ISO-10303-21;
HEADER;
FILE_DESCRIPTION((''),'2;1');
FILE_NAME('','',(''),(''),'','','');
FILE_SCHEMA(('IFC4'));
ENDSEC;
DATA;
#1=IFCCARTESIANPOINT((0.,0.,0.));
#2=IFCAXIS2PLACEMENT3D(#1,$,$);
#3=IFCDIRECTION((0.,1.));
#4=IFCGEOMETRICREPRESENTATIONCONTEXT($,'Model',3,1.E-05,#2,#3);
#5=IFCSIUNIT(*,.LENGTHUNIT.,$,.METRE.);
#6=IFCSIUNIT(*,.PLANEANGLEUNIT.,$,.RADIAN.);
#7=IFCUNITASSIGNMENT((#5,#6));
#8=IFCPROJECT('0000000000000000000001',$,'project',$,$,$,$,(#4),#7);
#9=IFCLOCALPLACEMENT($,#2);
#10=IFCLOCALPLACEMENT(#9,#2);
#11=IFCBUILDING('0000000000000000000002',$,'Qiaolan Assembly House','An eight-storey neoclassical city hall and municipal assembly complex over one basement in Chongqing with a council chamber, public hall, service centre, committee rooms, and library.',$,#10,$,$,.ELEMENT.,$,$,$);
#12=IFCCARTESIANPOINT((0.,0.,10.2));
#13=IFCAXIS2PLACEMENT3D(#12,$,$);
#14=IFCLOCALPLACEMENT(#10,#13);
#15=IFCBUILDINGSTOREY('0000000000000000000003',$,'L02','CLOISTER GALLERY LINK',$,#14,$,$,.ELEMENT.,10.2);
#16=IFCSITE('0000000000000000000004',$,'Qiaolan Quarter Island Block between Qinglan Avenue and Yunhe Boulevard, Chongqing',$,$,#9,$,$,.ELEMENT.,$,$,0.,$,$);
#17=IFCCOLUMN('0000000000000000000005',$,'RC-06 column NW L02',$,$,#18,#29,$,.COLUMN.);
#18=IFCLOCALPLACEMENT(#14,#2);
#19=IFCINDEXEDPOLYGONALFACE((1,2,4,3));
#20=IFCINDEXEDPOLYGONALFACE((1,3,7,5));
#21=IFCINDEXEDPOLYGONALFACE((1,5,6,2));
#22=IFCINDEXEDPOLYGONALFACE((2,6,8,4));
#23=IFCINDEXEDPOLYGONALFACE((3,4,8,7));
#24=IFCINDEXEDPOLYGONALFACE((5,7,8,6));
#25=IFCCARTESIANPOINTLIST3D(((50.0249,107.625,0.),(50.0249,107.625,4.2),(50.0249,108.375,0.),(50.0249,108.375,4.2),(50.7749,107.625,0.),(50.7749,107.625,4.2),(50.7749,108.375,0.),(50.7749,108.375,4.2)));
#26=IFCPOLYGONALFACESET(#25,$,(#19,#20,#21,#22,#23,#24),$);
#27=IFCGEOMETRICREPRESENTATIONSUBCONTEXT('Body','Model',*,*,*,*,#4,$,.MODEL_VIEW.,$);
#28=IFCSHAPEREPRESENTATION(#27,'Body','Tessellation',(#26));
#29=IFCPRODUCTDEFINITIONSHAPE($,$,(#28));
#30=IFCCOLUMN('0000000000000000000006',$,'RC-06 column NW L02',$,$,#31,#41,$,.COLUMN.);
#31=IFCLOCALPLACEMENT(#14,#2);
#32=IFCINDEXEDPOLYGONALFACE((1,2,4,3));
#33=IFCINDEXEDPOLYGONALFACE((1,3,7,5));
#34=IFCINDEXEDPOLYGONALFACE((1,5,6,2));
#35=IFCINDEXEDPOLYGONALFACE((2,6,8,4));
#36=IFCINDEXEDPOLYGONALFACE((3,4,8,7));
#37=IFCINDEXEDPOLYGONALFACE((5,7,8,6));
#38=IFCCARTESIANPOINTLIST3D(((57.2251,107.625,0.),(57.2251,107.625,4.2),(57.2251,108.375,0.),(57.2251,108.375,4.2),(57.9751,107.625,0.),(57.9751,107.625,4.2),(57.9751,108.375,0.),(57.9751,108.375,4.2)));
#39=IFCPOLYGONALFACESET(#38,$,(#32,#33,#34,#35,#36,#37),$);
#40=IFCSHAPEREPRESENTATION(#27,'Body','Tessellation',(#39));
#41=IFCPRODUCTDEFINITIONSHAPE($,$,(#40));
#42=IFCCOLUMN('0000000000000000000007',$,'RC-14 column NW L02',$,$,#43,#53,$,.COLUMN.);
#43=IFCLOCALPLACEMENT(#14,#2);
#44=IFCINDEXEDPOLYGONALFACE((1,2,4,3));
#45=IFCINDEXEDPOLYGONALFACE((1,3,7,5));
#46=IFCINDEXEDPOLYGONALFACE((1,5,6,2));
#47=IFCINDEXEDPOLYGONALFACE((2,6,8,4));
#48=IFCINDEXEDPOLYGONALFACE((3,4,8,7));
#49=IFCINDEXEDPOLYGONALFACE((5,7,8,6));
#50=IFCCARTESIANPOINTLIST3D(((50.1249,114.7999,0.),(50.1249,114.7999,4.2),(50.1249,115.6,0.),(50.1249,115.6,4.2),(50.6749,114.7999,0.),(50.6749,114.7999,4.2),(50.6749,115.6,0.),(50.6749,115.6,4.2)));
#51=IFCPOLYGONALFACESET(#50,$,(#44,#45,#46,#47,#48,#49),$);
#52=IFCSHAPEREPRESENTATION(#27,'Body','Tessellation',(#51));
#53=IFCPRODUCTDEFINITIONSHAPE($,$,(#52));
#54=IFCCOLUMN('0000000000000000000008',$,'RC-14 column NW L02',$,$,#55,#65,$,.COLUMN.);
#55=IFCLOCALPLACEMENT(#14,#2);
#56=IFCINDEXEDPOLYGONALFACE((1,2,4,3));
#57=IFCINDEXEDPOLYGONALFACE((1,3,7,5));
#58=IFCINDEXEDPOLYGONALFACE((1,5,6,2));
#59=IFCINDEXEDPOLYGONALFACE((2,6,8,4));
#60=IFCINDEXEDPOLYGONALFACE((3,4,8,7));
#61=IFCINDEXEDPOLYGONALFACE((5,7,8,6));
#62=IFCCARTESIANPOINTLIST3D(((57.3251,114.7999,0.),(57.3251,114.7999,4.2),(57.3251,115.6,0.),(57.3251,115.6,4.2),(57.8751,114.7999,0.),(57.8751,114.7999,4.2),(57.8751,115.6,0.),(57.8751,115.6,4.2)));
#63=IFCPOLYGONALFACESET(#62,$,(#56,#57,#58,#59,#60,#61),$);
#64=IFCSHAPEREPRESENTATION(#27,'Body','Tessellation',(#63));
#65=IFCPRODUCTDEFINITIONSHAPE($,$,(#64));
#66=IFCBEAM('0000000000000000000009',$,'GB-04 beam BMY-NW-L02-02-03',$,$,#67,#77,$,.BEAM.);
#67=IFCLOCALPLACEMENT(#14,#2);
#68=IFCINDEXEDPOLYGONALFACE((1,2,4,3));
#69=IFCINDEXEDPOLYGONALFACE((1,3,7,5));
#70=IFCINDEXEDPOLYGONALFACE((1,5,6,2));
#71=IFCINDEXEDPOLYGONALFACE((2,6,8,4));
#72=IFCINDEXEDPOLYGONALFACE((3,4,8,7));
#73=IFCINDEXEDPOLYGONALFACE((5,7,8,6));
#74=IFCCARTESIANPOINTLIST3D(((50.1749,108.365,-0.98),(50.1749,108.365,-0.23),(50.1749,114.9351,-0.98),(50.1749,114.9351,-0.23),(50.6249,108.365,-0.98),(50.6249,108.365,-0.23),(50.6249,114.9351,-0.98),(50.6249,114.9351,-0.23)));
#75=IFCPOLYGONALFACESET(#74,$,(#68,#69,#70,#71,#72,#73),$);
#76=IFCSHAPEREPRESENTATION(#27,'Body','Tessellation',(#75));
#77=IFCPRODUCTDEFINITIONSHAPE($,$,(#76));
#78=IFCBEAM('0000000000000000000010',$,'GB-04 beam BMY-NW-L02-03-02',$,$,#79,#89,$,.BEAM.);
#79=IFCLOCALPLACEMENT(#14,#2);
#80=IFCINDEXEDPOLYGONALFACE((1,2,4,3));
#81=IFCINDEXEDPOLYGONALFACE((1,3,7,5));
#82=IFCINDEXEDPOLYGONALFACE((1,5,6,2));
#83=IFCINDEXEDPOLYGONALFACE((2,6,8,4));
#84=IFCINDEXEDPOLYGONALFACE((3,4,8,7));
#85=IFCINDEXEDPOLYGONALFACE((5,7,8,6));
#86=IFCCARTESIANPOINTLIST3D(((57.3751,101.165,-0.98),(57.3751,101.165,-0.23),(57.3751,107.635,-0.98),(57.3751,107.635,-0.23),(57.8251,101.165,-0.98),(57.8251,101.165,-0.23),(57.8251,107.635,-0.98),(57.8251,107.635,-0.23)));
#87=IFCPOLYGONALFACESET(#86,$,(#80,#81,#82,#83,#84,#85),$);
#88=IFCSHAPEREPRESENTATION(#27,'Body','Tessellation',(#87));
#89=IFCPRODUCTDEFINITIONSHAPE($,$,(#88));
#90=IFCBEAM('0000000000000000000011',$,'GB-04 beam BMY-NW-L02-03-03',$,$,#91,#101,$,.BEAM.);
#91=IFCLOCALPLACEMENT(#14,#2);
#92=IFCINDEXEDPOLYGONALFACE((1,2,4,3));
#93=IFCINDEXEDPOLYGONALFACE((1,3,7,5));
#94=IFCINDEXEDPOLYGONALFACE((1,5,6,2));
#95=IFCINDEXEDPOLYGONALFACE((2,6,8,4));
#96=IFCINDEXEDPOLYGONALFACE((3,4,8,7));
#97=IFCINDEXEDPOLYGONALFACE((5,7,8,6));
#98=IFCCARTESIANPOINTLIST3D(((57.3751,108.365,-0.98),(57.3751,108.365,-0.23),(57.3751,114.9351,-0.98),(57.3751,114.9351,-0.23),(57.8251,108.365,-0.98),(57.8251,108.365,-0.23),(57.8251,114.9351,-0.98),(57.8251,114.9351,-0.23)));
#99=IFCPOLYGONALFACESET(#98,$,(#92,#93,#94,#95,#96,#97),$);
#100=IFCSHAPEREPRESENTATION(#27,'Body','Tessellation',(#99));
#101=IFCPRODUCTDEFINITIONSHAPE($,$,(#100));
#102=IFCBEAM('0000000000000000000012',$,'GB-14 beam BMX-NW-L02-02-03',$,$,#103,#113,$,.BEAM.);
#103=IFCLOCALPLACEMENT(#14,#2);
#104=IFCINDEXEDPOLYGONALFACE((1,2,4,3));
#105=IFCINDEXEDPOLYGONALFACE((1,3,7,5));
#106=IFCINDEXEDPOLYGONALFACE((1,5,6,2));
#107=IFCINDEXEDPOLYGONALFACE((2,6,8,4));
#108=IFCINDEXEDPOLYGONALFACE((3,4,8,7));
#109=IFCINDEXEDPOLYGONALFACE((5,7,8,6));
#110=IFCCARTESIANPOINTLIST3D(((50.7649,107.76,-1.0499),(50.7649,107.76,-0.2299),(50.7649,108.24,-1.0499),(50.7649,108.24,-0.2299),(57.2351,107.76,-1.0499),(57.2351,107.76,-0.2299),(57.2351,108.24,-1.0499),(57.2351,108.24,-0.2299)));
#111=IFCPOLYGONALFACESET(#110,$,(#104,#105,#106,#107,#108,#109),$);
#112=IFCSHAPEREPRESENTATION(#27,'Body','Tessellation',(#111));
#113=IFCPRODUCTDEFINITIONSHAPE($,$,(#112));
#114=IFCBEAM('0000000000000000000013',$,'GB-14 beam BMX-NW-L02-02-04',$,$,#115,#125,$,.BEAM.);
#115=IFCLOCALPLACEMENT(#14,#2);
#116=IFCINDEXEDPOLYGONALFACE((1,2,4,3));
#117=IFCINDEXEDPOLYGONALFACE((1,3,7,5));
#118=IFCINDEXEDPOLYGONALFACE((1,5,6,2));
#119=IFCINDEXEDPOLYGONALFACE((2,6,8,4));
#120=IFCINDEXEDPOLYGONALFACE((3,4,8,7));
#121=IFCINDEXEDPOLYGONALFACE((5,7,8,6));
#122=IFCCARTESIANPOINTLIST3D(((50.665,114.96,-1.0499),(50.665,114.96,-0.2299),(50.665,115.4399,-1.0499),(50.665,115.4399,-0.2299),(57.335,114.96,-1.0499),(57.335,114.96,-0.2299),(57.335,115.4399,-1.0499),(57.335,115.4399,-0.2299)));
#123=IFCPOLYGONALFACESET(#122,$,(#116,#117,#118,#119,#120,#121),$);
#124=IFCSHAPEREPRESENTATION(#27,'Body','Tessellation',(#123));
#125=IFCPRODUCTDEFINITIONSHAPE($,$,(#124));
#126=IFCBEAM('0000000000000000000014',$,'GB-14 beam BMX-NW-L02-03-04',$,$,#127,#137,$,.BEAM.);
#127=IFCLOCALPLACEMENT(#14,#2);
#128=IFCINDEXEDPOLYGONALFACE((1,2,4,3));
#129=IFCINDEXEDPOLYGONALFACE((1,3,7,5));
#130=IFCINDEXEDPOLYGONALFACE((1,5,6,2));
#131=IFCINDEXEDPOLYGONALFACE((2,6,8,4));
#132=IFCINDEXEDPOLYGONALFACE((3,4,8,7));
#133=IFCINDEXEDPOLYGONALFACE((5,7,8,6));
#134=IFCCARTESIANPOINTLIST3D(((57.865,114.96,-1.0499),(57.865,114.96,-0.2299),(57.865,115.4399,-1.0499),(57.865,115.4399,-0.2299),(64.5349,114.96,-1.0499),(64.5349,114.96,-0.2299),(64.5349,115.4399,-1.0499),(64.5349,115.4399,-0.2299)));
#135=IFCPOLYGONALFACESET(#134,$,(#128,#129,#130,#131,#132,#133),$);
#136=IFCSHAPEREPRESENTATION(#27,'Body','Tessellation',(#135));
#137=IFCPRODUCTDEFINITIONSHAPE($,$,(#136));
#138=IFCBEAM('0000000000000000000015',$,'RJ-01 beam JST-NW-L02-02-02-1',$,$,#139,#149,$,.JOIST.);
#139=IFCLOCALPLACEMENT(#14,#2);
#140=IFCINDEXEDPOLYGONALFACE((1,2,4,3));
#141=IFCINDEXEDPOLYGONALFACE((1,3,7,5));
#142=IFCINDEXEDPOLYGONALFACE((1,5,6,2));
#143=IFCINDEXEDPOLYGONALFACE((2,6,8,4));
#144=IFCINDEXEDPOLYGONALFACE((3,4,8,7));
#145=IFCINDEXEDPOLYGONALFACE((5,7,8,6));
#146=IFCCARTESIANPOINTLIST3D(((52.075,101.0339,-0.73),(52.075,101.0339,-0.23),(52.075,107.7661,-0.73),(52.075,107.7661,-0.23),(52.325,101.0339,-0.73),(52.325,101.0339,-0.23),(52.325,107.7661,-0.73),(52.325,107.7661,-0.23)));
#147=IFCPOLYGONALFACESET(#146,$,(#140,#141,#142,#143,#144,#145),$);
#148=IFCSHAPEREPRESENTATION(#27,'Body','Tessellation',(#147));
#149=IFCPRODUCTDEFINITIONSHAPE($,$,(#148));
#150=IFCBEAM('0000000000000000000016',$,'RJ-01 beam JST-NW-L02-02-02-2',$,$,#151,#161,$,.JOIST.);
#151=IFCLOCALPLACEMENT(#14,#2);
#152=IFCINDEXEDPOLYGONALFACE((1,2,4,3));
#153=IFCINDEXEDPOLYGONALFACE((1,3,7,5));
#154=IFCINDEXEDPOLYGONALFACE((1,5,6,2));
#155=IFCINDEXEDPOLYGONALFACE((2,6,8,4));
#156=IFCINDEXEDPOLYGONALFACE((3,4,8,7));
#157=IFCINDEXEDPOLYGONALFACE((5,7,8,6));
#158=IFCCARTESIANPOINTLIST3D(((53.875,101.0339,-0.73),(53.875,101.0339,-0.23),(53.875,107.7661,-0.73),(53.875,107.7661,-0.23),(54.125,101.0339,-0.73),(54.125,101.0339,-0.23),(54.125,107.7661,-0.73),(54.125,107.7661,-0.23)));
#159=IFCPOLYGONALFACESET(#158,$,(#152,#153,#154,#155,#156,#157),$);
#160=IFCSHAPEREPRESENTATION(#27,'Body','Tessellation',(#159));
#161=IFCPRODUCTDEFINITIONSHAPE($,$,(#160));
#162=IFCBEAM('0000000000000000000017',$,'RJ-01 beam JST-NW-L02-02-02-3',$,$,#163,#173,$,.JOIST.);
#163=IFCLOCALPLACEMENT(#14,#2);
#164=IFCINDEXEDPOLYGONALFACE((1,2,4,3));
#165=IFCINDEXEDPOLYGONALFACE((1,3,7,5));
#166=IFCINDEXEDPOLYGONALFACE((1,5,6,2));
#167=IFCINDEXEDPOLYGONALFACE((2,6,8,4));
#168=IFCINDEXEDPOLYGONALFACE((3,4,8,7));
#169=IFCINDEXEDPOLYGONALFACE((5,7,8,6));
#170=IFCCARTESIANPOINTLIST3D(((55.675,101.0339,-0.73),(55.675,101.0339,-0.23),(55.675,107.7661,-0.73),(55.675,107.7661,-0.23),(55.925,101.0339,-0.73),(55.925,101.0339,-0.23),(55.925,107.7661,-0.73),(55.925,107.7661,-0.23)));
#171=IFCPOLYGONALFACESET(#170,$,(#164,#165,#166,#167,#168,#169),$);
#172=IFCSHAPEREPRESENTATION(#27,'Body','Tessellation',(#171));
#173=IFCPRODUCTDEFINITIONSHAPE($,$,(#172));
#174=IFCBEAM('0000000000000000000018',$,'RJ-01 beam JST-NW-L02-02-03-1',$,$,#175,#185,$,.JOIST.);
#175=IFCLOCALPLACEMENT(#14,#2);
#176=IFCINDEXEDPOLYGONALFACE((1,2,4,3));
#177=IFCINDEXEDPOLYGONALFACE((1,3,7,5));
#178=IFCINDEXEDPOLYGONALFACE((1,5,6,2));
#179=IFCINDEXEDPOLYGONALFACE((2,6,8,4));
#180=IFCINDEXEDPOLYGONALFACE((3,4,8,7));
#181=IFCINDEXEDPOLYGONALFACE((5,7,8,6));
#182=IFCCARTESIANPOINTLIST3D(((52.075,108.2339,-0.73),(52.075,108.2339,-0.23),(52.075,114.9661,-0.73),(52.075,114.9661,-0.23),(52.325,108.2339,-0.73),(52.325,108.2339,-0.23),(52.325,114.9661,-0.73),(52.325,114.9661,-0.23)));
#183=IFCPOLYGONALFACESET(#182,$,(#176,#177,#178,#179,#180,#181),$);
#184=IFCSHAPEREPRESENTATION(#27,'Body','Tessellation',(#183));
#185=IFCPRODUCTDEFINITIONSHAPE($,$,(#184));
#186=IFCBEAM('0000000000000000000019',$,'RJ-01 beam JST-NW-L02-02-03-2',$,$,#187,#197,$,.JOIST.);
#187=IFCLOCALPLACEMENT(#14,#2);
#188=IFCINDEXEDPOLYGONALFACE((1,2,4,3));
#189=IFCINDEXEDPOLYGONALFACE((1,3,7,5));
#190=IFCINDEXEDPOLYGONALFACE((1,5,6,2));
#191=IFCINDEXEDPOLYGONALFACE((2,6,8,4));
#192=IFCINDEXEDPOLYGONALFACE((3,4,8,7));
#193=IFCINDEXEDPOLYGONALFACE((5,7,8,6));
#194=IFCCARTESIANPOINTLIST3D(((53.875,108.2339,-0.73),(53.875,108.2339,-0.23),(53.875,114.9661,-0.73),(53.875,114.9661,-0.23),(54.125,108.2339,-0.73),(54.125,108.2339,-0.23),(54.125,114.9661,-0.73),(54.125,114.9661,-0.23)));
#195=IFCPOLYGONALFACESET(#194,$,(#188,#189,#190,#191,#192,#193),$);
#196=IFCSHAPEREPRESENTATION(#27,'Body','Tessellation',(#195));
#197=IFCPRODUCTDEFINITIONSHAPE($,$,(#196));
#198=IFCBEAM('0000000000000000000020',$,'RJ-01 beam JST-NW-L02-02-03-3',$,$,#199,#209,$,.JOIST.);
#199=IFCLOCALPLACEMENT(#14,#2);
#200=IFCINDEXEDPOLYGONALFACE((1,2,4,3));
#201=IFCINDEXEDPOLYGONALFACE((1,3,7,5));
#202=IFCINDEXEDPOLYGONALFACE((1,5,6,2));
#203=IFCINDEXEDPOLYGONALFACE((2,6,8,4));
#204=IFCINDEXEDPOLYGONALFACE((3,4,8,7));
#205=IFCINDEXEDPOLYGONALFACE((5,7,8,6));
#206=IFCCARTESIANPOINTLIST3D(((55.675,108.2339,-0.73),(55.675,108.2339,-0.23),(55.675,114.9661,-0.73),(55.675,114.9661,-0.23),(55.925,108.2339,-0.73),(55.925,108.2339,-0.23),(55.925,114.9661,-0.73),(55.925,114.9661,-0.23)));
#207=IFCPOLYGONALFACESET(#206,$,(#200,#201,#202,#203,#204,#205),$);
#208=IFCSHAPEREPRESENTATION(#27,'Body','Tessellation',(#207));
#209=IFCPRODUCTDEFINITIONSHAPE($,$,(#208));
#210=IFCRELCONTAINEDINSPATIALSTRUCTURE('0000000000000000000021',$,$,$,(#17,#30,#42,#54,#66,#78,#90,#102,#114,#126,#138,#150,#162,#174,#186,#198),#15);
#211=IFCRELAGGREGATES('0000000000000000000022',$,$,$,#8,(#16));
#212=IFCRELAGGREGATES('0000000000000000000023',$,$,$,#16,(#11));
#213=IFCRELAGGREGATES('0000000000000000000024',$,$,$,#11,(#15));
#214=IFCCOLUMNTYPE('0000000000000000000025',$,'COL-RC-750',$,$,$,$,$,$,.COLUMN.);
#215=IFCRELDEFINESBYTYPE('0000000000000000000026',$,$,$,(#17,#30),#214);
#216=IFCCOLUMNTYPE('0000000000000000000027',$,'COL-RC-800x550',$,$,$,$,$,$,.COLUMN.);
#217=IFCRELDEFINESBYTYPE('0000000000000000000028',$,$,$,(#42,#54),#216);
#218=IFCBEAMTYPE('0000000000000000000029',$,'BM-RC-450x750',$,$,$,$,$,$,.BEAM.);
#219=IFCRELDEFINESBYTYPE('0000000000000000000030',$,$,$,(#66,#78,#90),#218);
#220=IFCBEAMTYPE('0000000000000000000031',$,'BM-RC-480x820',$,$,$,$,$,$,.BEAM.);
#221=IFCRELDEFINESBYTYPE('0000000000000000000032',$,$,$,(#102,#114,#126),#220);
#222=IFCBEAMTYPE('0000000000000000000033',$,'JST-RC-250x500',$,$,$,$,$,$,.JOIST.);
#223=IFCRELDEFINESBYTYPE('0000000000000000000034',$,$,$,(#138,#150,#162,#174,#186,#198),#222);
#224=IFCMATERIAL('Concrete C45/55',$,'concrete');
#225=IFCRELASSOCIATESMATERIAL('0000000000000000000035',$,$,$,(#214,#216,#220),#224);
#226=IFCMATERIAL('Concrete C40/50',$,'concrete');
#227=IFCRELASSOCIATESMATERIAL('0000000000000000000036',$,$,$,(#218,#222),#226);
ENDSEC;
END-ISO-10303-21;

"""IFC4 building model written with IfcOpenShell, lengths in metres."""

from ifc_helpers import new_model, si_unit, direction, frame, origin, origin_2d, place, context, subcontext, project, spatial, rectangle, extrude, material, material_profile, profile_set, type_object, element, save


model = new_model("IFC4")

# Units and contexts
model_context = context("Model", 3, precision=1e-05, world=origin(), true_north=direction((0.0, 1.0)))
body_context = subcontext(model_context, "Body", "Model", "MODEL_VIEW")
ifc_project = project(units=[si_unit("LENGTHUNIT", "METRE"), si_unit("PLANEANGLEUNIT", "RADIAN")], contexts=[model_context])

# Site, building, storey
site_placement = place(None, origin())
site = spatial("IfcSite", under=ifc_project, at=site_placement, Name="Qiaolan Quarter Island Block between Qinglan Avenue and Yunhe Boulevard, Chongqing", CompositionType="ELEMENT", RefElevation=0.0)
building_placement = place(site_placement, origin())
building = spatial("IfcBuilding", under=site, at=building_placement, Name="Qiaolan Assembly House", Description="An eight-storey neoclassical city hall and municipal assembly complex over one basement in Chongqing with a council chamber, public hall, service centre, committee rooms, and library.", CompositionType="ELEMENT")
storey_placement = place(building_placement, frame((0.0, 0.0, 10.2)))
storey = spatial("IfcBuildingStorey", under=building, at=storey_placement, Name="L02", Description="CLOISTER GALLERY LINK", CompositionType="ELEMENT", Elevation=10.2)

# Columns
ifc_material_1 = material(Name="Concrete C45/55", Category="concrete")
ifc_material_profile_1 = material_profile(ifc_material_1, rectangle(XDim=0.75, YDim=0.75, at=origin_2d()), Name="RC 750x750")
ifc_profile_set_1 = profile_set([ifc_material_profile_1], Name="Concrete C45/55")
column_type_1 = type_object("IfcColumnType", Name="COL-RC-750", PredefinedType="COLUMN", material=ifc_profile_set_1)
for number, where, z_axis, x_axis, name in (
    (1, (50.3999, 108.0, 0.0), (0.0, 0.0, 1.0), (1.0, 0.0, 0.0), "RC-06 column NW L02"),
    (2, (57.6001, 108.0, 0.0), (0.0, 0.0, 1.0), (1.0, 0.0, 0.0), "RC-06 column NW L02"),
):
    element("IfcColumn", number, at=place(storey_placement, frame(where, z_axis=z_axis, x_axis=x_axis)), inside=storey, type_object=column_type_1, Name=name, PredefinedType="COLUMN", context=body_context, shape_type="SweptSolid", body=[
        extrude(rectangle(XDim=0.75, YDim=0.75, at=origin_2d()), origin(), (0.0, 0.0, 1.0), 4.2),
    ])
ifc_material_profile_2 = material_profile(ifc_material_1, rectangle(XDim=0.55, YDim=0.8, at=origin_2d()), Name="RC 800x550")
ifc_profile_set_2 = profile_set([ifc_material_profile_2], Name="Concrete C45/55")
column_type_2 = type_object("IfcColumnType", Name="COL-RC-800x550", PredefinedType="COLUMN", material=ifc_profile_set_2)
for number, where, z_axis, x_axis, name in (
    (3, (50.3999, 115.2, 0.0), (0.0, 0.0, 1.0), (1.0, 0.0, 0.0), "RC-14 column NW L02"),
    (4, (57.6001, 115.2, 0.0), (0.0, 0.0, 1.0), (1.0, 0.0, 0.0), "RC-14 column NW L02"),
):
    element("IfcColumn", number, at=place(storey_placement, frame(where, z_axis=z_axis, x_axis=x_axis)), inside=storey, type_object=column_type_2, Name=name, PredefinedType="COLUMN", context=body_context, shape_type="SweptSolid", body=[
        extrude(rectangle(XDim=0.55, YDim=0.8, at=origin_2d()), origin(), (0.0, 0.0, 1.0), 4.2),
    ])

# Beams
ifc_material_2 = material(Name="Concrete C40/50", Category="concrete")
ifc_material_profile_3 = material_profile(ifc_material_2, rectangle(XDim=0.45, YDim=0.75, at=origin_2d()), Name="RCB 450x750")
ifc_profile_set_3 = profile_set([ifc_material_profile_3], Name="Concrete C40/50")
beam_type_1 = type_object("IfcBeamType", Name="BM-RC-450x750", PredefinedType="BEAM", material=ifc_profile_set_3)
beam_1_placement = place(storey_placement, frame((50.3999, 108.365, -0.605), z_axis=(0.0, 1.0, 0.0), x_axis=(-1.0, 0.0, 0.0)))
element("IfcBeam", 5, at=beam_1_placement, inside=storey, type_object=beam_type_1, Name="GB-04 beam BMY-NW-L02-02-03", PredefinedType="BEAM", context=body_context, shape_type="SweptSolid", body=[
    extrude(rectangle(XDim=0.45, YDim=0.75, at=origin_2d()), origin(), (0.0, 0.0, 1.0), 6.5701),
])
beam_2_placement = place(storey_placement, frame((57.6001, 101.165, -0.605), z_axis=(0.0, 1.0, 0.0), x_axis=(-1.0, 0.0, 0.0)))
element("IfcBeam", 6, at=beam_2_placement, inside=storey, type_object=beam_type_1, Name="GB-04 beam BMY-NW-L02-03-02", PredefinedType="BEAM", context=body_context, shape_type="SweptSolid", body=[
    extrude(rectangle(XDim=0.45, YDim=0.75, at=origin_2d()), origin(), (0.0, 0.0, 1.0), 6.47),
])
beam_3_placement = place(storey_placement, frame((57.6001, 108.365, -0.605), z_axis=(0.0, 1.0, 0.0), x_axis=(-1.0, 0.0, 0.0)))
element("IfcBeam", 7, at=beam_3_placement, inside=storey, type_object=beam_type_1, Name="GB-04 beam BMY-NW-L02-03-03", PredefinedType="BEAM", context=body_context, shape_type="SweptSolid", body=[
    extrude(rectangle(XDim=0.45, YDim=0.75, at=origin_2d()), origin(), (0.0, 0.0, 1.0), 6.5701),
])
ifc_material_profile_4 = material_profile(ifc_material_1, rectangle(XDim=0.48, YDim=0.8201, at=origin_2d()), Name="RCB 480x820")
ifc_profile_set_4 = profile_set([ifc_material_profile_4], Name="Concrete C45/55")
beam_type_2 = type_object("IfcBeamType", Name="BM-RC-480x820", PredefinedType="BEAM", material=ifc_profile_set_4)
beam_4_placement = place(storey_placement, frame((50.7649, 108.0, -0.6399), z_axis=(1.0, 0.0, 0.0), x_axis=(0.0, 1.0, 0.0)))
element("IfcBeam", 8, at=beam_4_placement, inside=storey, type_object=beam_type_2, Name="GB-14 beam BMX-NW-L02-02-03", PredefinedType="BEAM", context=body_context, shape_type="SweptSolid", body=[
    extrude(rectangle(XDim=0.48, YDim=0.8201, at=origin_2d()), origin(), (0.0, 0.0, 1.0), 6.4702),
])
for number, where, z_axis, x_axis, name in (
    (9, (50.665, 115.2, -0.6399), (1.0, 0.0, 0.0), (0.0, 1.0, 0.0), "GB-14 beam BMX-NW-L02-02-04"),
    (10, (57.865, 115.2, -0.6399), (1.0, 0.0, 0.0), (0.0, 1.0, 0.0), "GB-14 beam BMX-NW-L02-03-04"),
):
    element("IfcBeam", number, at=place(storey_placement, frame(where, z_axis=z_axis, x_axis=x_axis)), inside=storey, type_object=beam_type_2, Name=name, PredefinedType="BEAM", context=body_context, shape_type="SweptSolid", body=[
        extrude(rectangle(XDim=0.48, YDim=0.8201, at=origin_2d()), origin(), (0.0, 0.0, 1.0), 6.6699),
    ])
ifc_material_profile_5 = material_profile(ifc_material_2, rectangle(XDim=0.25, YDim=0.5, at=origin_2d()), Name="RCB 250x500")
ifc_profile_set_5 = profile_set([ifc_material_profile_5], Name="Concrete C40/50")
beam_type_3 = type_object("IfcBeamType", Name="JST-RC-250x500", PredefinedType="JOIST", material=ifc_profile_set_5)
for number, where, z_axis, x_axis, name in (
    (11, (52.2, 101.0339, -0.48), (0.0, 1.0, 0.0), (-1.0, 0.0, 0.0), "RJ-01 beam JST-NW-L02-02-02-1"),
    (12, (54.0, 101.0339, -0.48), (0.0, 1.0, 0.0), (-1.0, 0.0, 0.0), "RJ-01 beam JST-NW-L02-02-02-2"),
    (13, (55.8, 101.0339, -0.48), (0.0, 1.0, 0.0), (-1.0, 0.0, 0.0), "RJ-01 beam JST-NW-L02-02-02-3"),
    (14, (52.2, 108.2339, -0.48), (0.0, 1.0, 0.0), (-1.0, 0.0, 0.0), "RJ-01 beam JST-NW-L02-02-03-1"),
    (15, (54.0, 108.2339, -0.48), (0.0, 1.0, 0.0), (-1.0, 0.0, 0.0), "RJ-01 beam JST-NW-L02-02-03-2"),
    (16, (55.8, 108.2339, -0.48), (0.0, 1.0, 0.0), (-1.0, 0.0, 0.0), "RJ-01 beam JST-NW-L02-02-03-3"),
):
    element("IfcBeam", number, at=place(storey_placement, frame(where, z_axis=z_axis, x_axis=x_axis)), inside=storey, type_object=beam_type_3, Name=name, PredefinedType="JOIST", context=body_context, shape_type="SweptSolid", body=[
        extrude(rectangle(XDim=0.25, YDim=0.5, at=origin_2d()), origin(), (0.0, 0.0, 1.0), 6.7322),
    ])

save(model, "model.ifc")
